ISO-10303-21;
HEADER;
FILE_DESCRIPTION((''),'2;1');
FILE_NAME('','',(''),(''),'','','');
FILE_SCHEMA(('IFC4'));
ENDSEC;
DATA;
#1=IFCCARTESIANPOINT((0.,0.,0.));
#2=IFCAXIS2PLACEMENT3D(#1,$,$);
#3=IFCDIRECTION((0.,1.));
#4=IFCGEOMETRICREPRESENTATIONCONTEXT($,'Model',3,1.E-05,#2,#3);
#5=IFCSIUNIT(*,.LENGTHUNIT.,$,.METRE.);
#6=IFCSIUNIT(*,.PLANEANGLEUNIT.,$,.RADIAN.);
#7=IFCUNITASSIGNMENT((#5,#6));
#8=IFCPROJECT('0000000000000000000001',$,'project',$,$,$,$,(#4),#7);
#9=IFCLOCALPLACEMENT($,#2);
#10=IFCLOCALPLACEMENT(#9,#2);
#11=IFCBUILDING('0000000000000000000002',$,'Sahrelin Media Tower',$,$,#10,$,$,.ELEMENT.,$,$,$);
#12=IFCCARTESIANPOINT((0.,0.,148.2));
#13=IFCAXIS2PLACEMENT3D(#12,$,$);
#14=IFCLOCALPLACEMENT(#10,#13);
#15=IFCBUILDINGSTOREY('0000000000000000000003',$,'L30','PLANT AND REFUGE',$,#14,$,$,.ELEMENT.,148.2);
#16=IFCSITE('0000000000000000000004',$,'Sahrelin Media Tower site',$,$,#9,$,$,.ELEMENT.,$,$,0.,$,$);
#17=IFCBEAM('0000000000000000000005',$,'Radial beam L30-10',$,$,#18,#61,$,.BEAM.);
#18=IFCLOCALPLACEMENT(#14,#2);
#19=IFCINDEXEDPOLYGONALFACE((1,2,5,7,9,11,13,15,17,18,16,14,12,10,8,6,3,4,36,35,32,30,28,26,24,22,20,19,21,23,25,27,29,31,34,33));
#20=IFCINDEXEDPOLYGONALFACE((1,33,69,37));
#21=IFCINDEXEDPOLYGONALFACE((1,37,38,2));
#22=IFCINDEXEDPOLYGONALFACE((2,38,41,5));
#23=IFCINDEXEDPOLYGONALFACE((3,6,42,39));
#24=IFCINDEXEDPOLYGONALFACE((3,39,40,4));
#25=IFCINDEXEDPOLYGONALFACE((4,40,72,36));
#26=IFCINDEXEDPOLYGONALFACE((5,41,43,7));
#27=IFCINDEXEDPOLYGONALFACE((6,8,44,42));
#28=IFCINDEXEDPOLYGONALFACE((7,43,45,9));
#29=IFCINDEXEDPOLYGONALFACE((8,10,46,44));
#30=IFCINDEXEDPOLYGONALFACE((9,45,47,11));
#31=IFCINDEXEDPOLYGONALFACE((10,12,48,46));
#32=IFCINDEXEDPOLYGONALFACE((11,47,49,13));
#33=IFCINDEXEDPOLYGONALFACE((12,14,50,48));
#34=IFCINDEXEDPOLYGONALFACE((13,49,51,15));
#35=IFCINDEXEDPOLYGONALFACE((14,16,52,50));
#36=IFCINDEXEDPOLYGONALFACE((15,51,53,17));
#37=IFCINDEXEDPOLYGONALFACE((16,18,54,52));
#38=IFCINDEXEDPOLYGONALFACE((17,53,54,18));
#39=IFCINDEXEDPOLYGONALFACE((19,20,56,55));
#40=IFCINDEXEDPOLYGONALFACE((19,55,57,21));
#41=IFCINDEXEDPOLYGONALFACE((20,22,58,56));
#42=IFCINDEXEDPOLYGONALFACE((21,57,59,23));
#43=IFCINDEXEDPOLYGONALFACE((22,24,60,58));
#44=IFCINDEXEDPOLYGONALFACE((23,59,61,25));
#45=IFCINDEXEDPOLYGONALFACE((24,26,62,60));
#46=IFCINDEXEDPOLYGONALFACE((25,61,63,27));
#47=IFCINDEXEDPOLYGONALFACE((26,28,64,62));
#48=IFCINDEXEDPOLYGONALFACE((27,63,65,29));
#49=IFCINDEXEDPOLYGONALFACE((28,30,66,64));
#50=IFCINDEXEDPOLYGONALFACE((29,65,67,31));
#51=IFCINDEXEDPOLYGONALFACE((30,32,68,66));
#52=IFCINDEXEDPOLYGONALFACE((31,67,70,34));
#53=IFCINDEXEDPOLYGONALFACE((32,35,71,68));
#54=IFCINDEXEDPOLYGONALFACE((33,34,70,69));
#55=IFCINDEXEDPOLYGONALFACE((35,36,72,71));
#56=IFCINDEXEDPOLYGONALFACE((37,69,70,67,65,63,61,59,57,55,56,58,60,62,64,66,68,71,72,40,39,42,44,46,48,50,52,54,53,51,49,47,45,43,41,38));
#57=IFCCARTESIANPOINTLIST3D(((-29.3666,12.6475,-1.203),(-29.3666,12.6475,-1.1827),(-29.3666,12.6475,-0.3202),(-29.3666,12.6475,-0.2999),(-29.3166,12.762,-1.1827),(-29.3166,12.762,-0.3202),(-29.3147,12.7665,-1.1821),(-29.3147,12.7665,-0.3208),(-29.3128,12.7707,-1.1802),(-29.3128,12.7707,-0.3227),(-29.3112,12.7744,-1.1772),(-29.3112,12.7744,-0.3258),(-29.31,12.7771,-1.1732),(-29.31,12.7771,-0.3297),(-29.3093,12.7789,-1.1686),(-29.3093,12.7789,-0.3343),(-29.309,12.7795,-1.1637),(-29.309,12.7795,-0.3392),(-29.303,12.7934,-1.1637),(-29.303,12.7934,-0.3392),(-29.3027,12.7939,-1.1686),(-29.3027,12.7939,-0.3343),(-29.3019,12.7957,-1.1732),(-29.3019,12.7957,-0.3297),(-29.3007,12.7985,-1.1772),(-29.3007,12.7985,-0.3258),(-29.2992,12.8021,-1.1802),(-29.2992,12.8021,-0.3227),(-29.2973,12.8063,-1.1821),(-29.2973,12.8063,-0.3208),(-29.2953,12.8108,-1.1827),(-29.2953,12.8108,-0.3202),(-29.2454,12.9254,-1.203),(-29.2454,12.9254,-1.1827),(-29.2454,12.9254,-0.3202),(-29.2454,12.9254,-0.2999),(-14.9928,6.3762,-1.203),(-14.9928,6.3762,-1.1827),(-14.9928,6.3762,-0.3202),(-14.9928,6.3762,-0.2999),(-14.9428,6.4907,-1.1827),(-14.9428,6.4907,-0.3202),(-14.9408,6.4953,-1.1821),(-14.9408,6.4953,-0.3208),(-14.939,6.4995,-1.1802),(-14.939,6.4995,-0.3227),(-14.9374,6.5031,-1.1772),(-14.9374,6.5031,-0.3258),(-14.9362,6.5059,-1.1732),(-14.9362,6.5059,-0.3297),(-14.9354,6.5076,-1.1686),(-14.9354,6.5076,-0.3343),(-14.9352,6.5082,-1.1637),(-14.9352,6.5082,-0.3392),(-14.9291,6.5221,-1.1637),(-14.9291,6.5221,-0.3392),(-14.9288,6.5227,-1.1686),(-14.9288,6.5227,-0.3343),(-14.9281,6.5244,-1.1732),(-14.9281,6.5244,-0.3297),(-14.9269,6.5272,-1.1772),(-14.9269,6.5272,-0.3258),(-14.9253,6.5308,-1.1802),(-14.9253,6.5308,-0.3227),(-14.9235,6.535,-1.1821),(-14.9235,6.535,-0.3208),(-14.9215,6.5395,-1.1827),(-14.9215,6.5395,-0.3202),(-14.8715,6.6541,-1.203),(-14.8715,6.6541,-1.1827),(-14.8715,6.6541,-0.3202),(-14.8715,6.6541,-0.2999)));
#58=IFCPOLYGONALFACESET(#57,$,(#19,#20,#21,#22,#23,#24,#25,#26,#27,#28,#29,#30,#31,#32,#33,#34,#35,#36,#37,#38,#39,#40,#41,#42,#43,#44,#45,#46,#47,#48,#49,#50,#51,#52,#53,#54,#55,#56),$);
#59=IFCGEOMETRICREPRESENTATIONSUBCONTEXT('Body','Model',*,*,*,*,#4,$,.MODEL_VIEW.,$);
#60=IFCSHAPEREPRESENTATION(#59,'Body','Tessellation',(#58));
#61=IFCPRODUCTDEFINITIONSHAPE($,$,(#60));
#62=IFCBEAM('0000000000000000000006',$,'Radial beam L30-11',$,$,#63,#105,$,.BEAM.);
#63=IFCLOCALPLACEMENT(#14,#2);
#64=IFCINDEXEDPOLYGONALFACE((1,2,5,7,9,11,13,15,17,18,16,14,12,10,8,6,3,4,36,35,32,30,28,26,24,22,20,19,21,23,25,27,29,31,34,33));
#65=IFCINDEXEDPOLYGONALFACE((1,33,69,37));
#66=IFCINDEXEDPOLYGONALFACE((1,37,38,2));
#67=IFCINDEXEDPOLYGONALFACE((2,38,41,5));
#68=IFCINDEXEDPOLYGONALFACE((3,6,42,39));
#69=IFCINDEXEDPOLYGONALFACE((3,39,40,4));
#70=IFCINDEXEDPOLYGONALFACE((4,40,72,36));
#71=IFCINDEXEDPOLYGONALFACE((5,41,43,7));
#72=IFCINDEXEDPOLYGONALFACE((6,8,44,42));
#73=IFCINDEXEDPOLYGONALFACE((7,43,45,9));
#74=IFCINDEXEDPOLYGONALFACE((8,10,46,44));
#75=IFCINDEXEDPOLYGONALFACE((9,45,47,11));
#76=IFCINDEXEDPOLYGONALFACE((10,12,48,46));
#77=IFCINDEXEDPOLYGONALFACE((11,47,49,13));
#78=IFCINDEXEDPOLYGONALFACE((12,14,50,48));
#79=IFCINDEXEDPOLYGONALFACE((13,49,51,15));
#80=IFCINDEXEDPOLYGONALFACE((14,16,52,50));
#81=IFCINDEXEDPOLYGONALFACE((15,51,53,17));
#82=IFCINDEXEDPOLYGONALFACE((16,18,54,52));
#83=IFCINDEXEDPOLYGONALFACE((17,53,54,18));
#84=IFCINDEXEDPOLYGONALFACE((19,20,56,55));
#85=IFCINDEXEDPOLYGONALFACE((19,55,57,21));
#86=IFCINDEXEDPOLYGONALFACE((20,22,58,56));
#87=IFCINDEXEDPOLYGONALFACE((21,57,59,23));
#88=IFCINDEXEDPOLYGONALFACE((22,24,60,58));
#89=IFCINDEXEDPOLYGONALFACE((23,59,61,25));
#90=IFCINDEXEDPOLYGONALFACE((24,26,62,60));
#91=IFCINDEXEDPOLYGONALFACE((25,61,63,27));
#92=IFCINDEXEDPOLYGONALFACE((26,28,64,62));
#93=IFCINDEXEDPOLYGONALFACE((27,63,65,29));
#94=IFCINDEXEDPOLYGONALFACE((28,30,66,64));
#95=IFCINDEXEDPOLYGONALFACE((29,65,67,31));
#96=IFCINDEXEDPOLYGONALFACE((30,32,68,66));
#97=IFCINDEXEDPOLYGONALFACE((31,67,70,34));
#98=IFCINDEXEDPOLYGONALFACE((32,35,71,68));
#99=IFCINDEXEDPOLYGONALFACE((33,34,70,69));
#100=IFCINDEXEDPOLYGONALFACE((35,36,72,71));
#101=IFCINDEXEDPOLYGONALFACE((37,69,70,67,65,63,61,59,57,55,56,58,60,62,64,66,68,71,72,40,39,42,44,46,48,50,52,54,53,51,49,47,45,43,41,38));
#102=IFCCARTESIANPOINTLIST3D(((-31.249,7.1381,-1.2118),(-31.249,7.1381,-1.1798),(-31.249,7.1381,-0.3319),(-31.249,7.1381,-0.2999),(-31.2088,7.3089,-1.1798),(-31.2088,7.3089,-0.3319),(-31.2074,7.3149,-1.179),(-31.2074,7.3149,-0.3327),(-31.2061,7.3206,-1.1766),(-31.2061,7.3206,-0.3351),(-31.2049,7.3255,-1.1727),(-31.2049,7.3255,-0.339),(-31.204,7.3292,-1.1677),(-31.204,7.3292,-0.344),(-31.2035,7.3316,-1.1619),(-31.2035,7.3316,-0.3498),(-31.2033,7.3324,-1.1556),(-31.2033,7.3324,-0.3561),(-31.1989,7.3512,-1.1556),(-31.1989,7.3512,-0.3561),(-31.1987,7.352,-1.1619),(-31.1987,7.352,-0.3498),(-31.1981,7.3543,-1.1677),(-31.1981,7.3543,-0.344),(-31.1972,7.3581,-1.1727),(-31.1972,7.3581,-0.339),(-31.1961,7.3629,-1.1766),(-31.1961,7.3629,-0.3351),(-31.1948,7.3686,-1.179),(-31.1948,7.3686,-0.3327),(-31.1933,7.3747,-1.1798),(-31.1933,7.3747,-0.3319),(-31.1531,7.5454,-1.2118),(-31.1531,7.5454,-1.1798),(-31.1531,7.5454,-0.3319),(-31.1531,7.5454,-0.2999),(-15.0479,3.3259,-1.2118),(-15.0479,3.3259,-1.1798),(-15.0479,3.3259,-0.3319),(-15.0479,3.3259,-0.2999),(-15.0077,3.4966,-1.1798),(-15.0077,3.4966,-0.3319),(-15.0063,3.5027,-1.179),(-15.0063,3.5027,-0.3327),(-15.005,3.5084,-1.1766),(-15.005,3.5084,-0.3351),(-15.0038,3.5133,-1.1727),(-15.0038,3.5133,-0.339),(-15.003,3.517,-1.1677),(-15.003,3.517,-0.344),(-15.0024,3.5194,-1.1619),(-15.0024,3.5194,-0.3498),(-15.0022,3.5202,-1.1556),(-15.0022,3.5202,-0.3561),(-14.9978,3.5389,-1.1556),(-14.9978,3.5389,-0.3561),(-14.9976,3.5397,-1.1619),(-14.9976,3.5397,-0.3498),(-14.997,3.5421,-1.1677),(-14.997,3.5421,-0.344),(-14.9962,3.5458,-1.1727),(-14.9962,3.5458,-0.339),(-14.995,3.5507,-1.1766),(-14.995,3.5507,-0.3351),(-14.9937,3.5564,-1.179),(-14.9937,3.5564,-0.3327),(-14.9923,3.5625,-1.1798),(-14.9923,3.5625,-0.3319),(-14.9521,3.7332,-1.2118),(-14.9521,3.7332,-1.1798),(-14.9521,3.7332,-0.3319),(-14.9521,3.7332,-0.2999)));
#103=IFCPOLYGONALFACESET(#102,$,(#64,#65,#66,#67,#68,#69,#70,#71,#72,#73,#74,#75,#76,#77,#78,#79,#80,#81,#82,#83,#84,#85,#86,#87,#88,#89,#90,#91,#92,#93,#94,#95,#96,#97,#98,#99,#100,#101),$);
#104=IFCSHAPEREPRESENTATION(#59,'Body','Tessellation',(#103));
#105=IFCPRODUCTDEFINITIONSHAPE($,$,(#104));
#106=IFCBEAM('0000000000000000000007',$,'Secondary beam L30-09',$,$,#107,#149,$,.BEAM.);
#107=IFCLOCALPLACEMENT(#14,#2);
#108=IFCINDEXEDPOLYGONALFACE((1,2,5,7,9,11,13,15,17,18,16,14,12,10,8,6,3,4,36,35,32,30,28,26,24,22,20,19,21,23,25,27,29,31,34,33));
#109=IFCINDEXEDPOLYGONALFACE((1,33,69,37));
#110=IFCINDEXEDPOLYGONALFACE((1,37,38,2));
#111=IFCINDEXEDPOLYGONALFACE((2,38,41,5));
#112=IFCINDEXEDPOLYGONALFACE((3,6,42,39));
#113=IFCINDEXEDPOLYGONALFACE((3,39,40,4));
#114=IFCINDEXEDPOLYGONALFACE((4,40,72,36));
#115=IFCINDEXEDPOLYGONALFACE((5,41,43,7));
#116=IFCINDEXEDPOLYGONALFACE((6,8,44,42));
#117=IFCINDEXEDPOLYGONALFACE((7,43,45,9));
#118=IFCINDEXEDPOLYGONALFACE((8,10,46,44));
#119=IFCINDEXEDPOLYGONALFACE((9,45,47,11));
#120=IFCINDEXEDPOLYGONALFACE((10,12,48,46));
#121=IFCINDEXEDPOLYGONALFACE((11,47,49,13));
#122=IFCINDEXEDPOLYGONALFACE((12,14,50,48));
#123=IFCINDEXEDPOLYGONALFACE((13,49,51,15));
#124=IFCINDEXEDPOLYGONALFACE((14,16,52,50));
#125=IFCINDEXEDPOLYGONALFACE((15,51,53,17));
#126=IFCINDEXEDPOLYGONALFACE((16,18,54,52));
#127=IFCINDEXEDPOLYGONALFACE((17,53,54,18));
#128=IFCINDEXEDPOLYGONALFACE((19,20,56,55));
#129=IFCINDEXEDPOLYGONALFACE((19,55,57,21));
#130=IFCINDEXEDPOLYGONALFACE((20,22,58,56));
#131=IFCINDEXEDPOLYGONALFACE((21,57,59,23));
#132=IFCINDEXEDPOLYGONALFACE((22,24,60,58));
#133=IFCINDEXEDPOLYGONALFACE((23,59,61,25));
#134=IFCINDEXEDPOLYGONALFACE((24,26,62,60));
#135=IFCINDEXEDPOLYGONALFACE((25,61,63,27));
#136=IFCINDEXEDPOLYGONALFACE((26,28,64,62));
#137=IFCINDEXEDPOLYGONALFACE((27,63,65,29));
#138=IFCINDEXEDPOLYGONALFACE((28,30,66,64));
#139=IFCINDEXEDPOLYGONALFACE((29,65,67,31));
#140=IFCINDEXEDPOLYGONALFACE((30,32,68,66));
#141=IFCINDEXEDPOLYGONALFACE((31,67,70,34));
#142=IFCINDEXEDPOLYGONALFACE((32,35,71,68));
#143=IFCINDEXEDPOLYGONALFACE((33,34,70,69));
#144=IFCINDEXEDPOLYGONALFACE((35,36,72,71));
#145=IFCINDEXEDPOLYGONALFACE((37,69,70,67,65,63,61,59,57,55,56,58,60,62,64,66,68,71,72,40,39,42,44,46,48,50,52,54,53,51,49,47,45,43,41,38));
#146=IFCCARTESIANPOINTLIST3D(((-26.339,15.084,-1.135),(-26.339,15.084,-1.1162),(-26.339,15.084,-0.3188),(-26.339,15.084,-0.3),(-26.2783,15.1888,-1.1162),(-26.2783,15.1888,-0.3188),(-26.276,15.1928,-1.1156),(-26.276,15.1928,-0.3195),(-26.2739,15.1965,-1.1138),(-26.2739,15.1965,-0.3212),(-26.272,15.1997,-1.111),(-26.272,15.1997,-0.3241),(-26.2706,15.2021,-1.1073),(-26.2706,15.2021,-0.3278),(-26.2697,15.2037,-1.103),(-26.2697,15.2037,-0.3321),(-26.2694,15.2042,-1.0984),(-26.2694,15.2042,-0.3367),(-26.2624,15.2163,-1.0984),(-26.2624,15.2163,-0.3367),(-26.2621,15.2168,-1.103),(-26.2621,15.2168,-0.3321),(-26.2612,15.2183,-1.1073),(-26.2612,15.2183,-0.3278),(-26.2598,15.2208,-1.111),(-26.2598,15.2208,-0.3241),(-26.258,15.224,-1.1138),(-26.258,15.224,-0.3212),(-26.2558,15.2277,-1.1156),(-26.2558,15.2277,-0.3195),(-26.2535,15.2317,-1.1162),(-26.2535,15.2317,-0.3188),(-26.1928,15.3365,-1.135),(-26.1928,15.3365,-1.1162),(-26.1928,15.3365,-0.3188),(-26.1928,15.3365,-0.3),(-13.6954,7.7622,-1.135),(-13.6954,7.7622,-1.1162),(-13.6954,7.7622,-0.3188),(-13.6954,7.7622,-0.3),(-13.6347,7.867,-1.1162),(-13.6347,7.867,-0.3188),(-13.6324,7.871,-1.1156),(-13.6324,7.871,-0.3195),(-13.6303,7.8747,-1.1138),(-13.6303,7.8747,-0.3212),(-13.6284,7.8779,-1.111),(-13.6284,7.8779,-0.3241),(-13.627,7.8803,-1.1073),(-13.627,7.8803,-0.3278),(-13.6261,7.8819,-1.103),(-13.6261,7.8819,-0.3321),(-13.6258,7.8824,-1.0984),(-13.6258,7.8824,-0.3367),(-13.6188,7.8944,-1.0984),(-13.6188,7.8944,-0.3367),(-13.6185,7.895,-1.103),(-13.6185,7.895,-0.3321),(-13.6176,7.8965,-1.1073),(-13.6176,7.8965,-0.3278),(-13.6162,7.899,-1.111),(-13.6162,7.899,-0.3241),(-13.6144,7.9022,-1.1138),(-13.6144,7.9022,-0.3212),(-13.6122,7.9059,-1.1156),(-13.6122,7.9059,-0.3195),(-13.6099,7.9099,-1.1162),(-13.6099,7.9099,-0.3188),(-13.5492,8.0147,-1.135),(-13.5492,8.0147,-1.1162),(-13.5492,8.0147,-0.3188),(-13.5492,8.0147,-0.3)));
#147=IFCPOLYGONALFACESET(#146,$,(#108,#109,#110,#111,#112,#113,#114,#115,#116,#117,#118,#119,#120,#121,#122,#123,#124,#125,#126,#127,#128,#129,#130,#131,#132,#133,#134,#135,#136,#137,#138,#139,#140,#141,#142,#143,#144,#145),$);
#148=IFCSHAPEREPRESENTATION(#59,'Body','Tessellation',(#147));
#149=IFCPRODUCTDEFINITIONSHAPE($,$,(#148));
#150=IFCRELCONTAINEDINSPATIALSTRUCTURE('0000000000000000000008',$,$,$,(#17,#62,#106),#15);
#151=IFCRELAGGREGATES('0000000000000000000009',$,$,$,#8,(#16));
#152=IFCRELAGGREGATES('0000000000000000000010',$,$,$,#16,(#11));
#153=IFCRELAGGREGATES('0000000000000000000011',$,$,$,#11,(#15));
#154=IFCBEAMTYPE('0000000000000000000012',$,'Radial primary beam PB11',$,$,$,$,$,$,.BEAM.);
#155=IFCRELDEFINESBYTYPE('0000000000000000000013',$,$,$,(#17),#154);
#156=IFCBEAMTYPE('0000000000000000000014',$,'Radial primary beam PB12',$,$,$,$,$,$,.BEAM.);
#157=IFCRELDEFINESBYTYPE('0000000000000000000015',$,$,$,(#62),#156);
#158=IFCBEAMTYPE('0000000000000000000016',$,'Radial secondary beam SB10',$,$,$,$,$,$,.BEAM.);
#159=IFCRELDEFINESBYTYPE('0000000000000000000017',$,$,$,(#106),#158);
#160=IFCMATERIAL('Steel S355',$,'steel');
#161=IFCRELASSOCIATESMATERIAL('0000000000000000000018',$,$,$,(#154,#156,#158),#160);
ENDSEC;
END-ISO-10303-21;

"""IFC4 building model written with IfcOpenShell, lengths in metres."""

from ifc_helpers import new_model, si_unit, direction, frame, origin, origin_2d, place, context, subcontext, project, spatial, i_section, extrude, material, material_profile, profile_set, type_object, element, save


model = new_model("IFC4")

# Units and contexts
model_context = context("Model", 3, precision=1e-05, world=origin(), true_north=direction((0.0, 1.0)))
body_context = subcontext(model_context, "Body", "Model", "MODEL_VIEW")
ifc_project = project(units=[si_unit("LENGTHUNIT", "METRE"), si_unit("PLANEANGLEUNIT", "RADIAN")], contexts=[model_context])

# Site, building, storey
site_placement = place(None, origin())
site = spatial("IfcSite", under=ifc_project, at=site_placement, Name="Sahrelin Media Tower site", CompositionType="ELEMENT", RefElevation=0.0)
building_placement = place(site_placement, origin())
building = spatial("IfcBuilding", under=site, at=building_placement, Name="Sahrelin Media Tower", CompositionType="ELEMENT")
storey_placement = place(building_placement, frame((0.0, 0.0, 148.2)))
storey = spatial("IfcBuildingStorey", under=building, at=storey_placement, Name="L30", Description="PLANT AND REFUGE", CompositionType="ELEMENT", Elevation=148.2)

# Beams
ifc_material_1 = material(Name="Steel S355", Category="steel")
ifc_material_profile_1 = material_profile(ifc_material_1, i_section(OverallWidth=0.3032, OverallDepth=0.9031, WebThickness=0.0151, FlangeThickness=0.0203, FilletRadius=0.019, at=origin_2d()), Name="UB 914x305x201")
ifc_profile_set_1 = profile_set([ifc_material_profile_1], Name="Steel S355")
beam_type_1 = type_object("IfcBeamType", Name="Radial primary beam PB11", PredefinedType="BEAM", material=ifc_profile_set_1)
beam_1_placement = place(storey_placement, frame((-14.9321, 6.5151, -0.7515), z_axis=(-0.916562, 0.399893, 0.0), x_axis=(-0.399893, -0.916562, 0.0)))
element("IfcBeam", 1, at=beam_1_placement, inside=storey, type_object=beam_type_1, Name="Radial beam L30-10", PredefinedType="BEAM", context=body_context, shape_type="SweptSolid", body=[
    extrude(i_section(OverallWidth=0.3032, OverallDepth=0.9031, WebThickness=0.0151, FlangeThickness=0.0203, FilletRadius=0.019, at=origin_2d()), origin(), (0.0, 0.0, 1.0), 15.6824),
])
ifc_material_profile_2 = material_profile(ifc_material_1, i_section(OverallWidth=0.4185, OverallDepth=0.9119, WebThickness=0.0193, FlangeThickness=0.032, FilletRadius=0.0242, at=origin_2d()), Name="UB 914x419x343")
ifc_profile_set_2 = profile_set([ifc_material_profile_2], Name="Steel S355")
beam_type_2 = type_object("IfcBeamType", Name="Radial primary beam PB12", PredefinedType="BEAM", material=ifc_profile_set_2)
beam_2_placement = place(storey_placement, frame((-15.0, 3.5295, -0.7559), z_axis=(-0.973414, 0.229052, 0.0), x_axis=(-0.229052, -0.973414, 0.0)))
element("IfcBeam", 2, at=beam_2_placement, inside=storey, type_object=beam_type_2, Name="Radial beam L30-11", PredefinedType="BEAM", context=body_context, shape_type="SweptSolid", body=[
    extrude(i_section(OverallWidth=0.4185, OverallDepth=0.9119, WebThickness=0.0193, FlangeThickness=0.032, FilletRadius=0.0242, at=origin_2d()), origin(), (0.0, 0.0, 1.0), 16.6436),
])
ifc_material_profile_3 = material_profile(ifc_material_1, i_section(OverallWidth=0.2917, OverallDepth=0.835, WebThickness=0.0139, FlangeThickness=0.0188, FilletRadius=0.0178, at=origin_2d()), Name="UB 838x292x176")
ifc_profile_set_3 = profile_set([ifc_material_profile_3], Name="Steel S355")
beam_type_3 = type_object("IfcBeamType", Name="Radial secondary beam SB10", PredefinedType="BEAM", material=ifc_profile_set_3)
beam_3_placement = place(storey_placement, frame((-13.6223, 7.8884, -0.7175), z_axis=(-0.865372, 0.50113, 0.0), x_axis=(-0.50113, -0.865372, 0.0)))
element("IfcBeam", 3, at=beam_3_placement, inside=storey, type_object=beam_type_3, Name="Secondary beam L30-09", PredefinedType="BEAM", context=body_context, shape_type="SweptSolid", body=[
    extrude(i_section(OverallWidth=0.2917, OverallDepth=0.835, WebThickness=0.0139, FlangeThickness=0.0188, FilletRadius=0.0178, at=origin_2d()), origin(), (0.0, 0.0, 1.0), 14.6106),
])

save(model, "model.ifc")
